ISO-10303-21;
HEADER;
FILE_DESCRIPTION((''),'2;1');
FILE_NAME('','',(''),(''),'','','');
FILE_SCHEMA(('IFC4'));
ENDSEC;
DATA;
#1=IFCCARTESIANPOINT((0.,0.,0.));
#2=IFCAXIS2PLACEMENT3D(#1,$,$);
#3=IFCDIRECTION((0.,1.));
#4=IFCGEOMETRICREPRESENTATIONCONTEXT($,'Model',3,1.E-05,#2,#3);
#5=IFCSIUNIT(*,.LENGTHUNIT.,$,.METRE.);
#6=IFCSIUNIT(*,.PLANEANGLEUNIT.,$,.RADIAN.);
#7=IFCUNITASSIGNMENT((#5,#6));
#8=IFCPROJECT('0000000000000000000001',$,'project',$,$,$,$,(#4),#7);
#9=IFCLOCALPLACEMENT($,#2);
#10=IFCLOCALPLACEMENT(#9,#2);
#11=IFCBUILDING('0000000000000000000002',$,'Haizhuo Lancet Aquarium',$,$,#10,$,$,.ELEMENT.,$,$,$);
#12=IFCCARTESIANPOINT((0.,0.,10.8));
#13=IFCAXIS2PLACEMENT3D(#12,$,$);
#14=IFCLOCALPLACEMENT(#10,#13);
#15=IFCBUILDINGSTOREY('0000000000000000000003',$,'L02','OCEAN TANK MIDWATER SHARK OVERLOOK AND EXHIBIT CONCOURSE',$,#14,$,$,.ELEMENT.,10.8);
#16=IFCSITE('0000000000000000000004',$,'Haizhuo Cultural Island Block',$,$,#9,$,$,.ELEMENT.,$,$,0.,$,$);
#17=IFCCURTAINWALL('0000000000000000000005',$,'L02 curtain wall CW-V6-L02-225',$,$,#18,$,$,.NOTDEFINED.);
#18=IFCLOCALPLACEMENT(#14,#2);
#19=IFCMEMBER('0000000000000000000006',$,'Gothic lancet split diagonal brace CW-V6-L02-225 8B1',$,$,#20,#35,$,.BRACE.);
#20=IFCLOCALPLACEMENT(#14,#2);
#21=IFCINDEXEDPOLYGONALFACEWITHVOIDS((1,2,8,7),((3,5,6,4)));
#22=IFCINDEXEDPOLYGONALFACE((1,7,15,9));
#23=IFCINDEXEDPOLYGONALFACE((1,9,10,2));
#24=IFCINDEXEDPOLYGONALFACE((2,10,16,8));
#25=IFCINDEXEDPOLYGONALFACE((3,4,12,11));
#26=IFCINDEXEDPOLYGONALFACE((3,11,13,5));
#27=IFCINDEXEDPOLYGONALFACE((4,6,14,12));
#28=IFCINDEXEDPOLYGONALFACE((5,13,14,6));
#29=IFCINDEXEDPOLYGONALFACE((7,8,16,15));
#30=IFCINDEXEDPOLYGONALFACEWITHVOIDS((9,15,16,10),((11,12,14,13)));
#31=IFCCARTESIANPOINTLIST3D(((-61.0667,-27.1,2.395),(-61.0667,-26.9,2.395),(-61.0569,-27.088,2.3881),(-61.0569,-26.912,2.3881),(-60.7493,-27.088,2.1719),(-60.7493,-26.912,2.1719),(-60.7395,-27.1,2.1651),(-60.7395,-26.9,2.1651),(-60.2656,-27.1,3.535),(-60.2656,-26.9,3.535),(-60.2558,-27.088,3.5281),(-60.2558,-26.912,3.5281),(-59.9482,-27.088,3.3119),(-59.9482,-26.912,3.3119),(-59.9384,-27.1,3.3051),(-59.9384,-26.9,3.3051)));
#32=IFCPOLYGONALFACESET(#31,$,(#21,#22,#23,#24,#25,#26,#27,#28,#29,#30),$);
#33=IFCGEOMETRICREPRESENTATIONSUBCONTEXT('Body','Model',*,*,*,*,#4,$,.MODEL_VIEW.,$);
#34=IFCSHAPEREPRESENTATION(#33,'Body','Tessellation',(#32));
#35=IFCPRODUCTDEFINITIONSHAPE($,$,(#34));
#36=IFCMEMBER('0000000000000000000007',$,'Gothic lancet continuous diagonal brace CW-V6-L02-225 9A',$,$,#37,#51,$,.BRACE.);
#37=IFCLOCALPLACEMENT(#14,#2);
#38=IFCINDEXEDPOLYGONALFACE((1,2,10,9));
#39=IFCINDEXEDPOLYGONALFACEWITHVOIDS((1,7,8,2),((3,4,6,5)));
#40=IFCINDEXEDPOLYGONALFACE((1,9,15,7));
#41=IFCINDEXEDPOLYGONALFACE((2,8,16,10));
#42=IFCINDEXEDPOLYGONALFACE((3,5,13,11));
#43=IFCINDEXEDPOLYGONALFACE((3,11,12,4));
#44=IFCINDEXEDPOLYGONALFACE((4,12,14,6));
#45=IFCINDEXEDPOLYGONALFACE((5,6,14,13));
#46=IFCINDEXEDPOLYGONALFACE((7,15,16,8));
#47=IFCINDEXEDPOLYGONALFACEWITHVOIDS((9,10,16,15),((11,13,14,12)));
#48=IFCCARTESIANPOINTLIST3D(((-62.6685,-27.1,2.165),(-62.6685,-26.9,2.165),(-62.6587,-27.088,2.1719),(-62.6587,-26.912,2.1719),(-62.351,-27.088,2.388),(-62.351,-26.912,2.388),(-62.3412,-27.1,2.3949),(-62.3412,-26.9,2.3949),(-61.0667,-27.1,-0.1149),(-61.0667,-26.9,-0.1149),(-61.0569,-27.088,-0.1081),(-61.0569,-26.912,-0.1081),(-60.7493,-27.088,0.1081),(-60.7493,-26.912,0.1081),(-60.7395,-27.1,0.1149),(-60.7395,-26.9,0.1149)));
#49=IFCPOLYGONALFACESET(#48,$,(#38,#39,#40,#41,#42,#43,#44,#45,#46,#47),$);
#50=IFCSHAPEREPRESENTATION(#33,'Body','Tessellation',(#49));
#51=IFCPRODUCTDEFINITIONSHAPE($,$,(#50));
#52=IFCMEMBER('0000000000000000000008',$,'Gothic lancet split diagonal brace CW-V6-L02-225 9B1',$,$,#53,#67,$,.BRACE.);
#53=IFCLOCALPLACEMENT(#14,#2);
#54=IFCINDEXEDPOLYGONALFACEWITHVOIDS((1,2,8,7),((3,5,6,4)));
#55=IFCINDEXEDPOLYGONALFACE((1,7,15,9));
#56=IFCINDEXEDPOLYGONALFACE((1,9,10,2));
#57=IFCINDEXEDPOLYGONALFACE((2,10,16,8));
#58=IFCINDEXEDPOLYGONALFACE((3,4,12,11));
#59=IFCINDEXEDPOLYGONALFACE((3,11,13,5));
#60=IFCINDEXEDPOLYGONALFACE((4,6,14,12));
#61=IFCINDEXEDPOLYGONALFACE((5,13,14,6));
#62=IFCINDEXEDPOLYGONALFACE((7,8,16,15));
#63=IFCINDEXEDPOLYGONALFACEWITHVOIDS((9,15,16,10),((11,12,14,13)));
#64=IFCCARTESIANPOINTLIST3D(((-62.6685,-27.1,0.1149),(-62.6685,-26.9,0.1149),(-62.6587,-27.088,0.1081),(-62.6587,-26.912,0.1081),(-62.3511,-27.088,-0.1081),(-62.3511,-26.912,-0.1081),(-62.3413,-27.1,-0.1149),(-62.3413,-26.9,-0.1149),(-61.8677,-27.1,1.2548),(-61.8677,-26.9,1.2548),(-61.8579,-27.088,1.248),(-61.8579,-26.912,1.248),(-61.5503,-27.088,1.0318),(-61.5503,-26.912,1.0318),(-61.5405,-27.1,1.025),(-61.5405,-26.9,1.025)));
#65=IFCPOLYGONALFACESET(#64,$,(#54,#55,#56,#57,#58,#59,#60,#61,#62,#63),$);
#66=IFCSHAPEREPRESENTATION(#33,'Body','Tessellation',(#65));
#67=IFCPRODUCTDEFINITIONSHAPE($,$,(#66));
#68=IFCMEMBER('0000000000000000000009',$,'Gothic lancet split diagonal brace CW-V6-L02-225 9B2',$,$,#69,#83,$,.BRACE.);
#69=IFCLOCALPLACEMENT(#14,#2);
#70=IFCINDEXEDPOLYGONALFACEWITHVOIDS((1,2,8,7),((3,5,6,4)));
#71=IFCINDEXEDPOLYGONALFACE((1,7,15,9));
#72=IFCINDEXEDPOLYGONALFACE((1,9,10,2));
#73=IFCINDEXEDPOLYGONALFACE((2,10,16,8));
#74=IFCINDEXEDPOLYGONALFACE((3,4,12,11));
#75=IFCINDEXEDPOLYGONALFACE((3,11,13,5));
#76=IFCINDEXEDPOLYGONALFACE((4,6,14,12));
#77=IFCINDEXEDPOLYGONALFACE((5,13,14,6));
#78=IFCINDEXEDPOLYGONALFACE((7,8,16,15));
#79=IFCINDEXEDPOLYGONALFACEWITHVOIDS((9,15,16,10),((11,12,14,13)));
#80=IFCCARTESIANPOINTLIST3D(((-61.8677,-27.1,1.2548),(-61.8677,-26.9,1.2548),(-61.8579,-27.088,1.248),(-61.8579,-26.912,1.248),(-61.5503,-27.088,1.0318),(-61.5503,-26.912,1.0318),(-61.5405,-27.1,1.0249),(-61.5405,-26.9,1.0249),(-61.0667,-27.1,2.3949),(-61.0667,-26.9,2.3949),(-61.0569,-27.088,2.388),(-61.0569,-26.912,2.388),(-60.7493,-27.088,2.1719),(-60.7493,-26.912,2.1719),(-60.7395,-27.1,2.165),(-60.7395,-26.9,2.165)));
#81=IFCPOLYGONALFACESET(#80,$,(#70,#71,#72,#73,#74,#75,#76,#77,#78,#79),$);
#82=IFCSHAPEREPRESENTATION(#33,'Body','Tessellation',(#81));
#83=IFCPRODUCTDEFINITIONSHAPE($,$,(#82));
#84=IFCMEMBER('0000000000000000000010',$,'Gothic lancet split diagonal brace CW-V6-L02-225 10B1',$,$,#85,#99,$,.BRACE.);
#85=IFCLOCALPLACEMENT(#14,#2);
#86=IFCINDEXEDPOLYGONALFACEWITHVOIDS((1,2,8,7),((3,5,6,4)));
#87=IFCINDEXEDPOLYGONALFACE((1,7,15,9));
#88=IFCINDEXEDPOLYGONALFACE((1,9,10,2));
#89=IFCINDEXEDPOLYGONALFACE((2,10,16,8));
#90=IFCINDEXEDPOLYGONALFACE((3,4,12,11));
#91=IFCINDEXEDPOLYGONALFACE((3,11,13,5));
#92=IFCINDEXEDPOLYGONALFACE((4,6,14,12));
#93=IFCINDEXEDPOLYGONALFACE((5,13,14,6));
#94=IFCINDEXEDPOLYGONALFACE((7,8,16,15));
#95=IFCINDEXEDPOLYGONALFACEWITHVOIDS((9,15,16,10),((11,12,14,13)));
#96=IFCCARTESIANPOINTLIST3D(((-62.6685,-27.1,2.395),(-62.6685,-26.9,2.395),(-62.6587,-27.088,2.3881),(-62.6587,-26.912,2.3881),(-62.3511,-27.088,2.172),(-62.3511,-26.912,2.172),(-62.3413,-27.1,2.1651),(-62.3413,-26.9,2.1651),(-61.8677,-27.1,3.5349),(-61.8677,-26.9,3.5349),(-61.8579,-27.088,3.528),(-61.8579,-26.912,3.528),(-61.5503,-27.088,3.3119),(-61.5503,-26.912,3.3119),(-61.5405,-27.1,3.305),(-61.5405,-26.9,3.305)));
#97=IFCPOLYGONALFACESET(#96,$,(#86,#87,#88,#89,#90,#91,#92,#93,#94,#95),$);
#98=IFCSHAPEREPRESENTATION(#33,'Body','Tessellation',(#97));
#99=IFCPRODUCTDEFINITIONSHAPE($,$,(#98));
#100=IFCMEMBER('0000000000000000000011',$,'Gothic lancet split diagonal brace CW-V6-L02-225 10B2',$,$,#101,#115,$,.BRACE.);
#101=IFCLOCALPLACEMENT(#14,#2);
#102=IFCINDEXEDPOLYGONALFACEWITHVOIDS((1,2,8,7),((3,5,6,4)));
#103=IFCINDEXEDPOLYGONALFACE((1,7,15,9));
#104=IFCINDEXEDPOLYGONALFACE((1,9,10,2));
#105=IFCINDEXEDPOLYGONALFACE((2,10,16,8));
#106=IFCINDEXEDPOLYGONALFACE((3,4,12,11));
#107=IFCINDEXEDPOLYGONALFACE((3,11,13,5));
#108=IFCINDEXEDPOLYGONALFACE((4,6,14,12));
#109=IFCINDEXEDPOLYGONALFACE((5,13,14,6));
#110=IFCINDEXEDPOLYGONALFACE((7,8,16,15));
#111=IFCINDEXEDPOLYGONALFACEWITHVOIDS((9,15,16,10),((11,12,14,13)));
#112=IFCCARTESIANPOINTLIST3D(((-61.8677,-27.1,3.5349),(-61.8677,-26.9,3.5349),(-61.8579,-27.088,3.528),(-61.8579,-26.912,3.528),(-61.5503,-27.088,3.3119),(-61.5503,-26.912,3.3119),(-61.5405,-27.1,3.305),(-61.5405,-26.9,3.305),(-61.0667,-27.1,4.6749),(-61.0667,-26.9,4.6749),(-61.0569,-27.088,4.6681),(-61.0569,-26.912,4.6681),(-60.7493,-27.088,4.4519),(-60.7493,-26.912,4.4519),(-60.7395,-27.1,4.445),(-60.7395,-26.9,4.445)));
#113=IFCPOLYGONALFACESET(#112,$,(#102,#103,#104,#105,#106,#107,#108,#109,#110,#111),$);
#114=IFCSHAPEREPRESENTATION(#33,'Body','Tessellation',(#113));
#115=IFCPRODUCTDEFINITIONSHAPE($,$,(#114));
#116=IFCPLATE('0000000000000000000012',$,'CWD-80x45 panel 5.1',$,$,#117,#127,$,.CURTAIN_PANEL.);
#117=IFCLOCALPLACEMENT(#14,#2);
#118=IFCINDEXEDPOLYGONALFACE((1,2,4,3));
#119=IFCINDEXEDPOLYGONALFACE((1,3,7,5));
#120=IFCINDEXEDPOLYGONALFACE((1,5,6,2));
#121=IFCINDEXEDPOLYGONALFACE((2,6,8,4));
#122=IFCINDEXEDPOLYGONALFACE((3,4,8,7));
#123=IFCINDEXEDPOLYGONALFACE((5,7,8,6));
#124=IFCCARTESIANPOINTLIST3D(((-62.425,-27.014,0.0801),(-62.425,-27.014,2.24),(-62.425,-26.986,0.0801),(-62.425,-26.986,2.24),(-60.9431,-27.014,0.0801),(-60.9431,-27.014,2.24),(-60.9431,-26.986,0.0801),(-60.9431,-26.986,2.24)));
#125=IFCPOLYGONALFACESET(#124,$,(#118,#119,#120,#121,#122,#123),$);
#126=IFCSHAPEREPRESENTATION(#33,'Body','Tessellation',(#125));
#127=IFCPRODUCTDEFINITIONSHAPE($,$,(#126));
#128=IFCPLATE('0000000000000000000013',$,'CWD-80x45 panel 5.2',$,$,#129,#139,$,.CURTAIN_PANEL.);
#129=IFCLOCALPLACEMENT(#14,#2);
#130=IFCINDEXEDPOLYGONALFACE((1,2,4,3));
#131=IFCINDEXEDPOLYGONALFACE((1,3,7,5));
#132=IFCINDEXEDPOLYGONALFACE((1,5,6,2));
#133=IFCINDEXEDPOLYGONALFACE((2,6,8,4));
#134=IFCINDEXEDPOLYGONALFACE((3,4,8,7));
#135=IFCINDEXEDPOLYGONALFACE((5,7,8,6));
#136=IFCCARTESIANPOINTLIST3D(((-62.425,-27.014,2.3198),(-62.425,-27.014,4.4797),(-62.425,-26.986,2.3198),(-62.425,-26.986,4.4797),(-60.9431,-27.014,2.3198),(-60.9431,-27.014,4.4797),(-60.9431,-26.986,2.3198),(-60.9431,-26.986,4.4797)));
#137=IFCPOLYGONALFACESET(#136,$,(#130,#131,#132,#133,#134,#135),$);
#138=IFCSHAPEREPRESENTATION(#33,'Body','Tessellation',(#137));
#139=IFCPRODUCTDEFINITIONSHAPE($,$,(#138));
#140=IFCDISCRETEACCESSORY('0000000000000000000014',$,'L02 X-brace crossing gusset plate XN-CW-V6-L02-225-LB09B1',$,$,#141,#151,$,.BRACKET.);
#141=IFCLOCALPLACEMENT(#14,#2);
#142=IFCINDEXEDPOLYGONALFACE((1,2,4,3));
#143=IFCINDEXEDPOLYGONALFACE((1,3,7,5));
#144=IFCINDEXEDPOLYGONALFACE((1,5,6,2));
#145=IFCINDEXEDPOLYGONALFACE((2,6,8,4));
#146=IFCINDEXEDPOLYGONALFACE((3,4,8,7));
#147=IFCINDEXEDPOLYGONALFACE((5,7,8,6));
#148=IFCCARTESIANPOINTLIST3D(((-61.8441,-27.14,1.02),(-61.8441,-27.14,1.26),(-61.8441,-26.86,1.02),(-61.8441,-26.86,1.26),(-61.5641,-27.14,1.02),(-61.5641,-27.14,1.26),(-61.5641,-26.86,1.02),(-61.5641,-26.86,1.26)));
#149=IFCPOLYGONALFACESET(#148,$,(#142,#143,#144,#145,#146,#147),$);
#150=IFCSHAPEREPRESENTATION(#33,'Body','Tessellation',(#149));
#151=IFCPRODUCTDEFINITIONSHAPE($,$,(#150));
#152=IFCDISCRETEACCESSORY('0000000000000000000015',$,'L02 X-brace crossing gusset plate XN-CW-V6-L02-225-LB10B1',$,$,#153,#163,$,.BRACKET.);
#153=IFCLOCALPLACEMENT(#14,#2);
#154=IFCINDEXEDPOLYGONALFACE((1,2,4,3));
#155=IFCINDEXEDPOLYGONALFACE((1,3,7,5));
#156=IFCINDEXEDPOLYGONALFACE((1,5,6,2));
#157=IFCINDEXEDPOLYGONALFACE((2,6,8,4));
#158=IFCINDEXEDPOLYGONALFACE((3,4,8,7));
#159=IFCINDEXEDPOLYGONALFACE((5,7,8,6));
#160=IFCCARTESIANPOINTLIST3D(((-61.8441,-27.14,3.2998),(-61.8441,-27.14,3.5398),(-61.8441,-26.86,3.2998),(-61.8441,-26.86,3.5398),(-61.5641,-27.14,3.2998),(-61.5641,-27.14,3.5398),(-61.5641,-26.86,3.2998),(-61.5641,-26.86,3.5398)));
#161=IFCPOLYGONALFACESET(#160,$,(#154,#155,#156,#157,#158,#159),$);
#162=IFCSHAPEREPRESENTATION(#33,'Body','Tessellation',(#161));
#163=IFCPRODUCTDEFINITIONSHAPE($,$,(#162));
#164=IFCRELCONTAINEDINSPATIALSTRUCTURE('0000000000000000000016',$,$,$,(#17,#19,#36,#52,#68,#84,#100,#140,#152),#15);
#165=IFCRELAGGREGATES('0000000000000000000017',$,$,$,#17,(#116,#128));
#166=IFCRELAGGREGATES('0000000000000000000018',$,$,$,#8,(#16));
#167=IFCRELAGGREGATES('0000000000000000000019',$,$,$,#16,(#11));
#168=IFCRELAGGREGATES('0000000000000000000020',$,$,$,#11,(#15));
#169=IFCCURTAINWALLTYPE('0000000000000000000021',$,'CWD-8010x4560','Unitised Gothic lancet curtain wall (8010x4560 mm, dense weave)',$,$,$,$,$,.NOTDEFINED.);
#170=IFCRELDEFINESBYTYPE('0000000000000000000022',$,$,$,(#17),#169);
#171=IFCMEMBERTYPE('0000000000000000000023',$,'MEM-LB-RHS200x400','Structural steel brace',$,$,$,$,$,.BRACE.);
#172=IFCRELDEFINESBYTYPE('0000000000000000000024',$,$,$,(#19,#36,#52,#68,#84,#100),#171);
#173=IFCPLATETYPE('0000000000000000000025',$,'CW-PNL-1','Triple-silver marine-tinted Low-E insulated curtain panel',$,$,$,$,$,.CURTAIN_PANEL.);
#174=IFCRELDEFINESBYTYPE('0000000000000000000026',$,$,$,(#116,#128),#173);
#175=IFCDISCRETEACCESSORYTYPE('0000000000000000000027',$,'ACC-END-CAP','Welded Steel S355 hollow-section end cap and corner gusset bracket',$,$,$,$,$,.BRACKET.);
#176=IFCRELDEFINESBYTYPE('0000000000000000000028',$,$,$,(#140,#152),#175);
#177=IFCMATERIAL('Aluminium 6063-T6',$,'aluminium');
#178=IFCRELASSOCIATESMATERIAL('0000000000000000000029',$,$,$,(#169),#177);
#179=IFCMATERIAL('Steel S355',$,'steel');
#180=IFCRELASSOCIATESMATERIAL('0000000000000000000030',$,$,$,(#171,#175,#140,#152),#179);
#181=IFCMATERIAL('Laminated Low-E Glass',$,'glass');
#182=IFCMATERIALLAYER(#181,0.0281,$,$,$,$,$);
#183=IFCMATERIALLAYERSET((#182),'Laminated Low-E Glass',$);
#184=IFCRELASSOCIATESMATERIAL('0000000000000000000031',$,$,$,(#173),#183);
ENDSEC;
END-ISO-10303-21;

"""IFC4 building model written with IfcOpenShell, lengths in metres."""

from ifc_helpers import new_model, si_unit, direction, frame, origin, origin_2d, place, context, subcontext, project, spatial, rectangle, hollow_rectangle, extrude, material, layer, layer_set, material_profile, profile_set, type_object, element, aggregate, save


model = new_model("IFC4")

# Units and contexts
model_context = context("Model", 3, precision=1e-05, world=origin(), true_north=direction((0.0, 1.0)))
body_context = subcontext(model_context, "Body", "Model", "MODEL_VIEW")
ifc_project = project(units=[si_unit("LENGTHUNIT", "METRE"), si_unit("PLANEANGLEUNIT", "RADIAN")], contexts=[model_context])

# Site, building, storey
site_placement = place(None, origin())
site = spatial("IfcSite", under=ifc_project, at=site_placement, Name="Haizhuo Cultural Island Block", CompositionType="ELEMENT", RefElevation=0.0)
building_placement = place(site_placement, origin())
building = spatial("IfcBuilding", under=site, at=building_placement, Name="Haizhuo Lancet Aquarium", CompositionType="ELEMENT")
storey_placement = place(building_placement, frame((0.0, 0.0, 10.8)))
storey = spatial("IfcBuildingStorey", under=building, at=storey_placement, Name="L02", Description="OCEAN TANK MIDWATER SHARK OVERLOOK AND EXHIBIT CONCOURSE", CompositionType="ELEMENT", Elevation=10.8)

# Shared definitions
ifc_material_1 = material(Name="Steel S355", Category="steel")

# Curtain wall
ifc_material_2 = material(Name="Aluminium 6063-T6", Category="aluminium")
curtain_wall_type = type_object("IfcCurtainWallType", Name="CWD-8010x4560", Description="Unitised Gothic lancet curtain wall (8010x4560 mm, dense weave)", PredefinedType="NOTDEFINED", material=ifc_material_2)
curtain_wall_placement = place(storey_placement, origin())
curtain_wall = element("IfcCurtainWall", 1, at=curtain_wall_placement, inside=storey, type_object=curtain_wall_type, Name="L02 curtain wall CW-V6-L02-225", PredefinedType="NOTDEFINED")

# Members
ifc_material_profile_1 = material_profile(ifc_material_1, hollow_rectangle(XDim=0.2, YDim=0.3999, WallThickness=0.012, at=origin_2d()), Name="RHS 200x400x12")
ifc_profile_set_1 = profile_set([ifc_material_profile_1], Name="Steel S355")
member_type_1 = type_object("IfcMemberType", Name="MEM-LB-RHS200x400", Description="Structural steel brace", PredefinedType="BRACE", material=ifc_profile_set_1)
for number, where, z_axis, x_axis, name in (
    (2, (-60.9031, -27.0, 2.28), (0.574955, 0.0, 0.818185), (0.0, 1.0, 0.0), "Gothic lancet split diagonal brace CW-V6-L02-225 8B1"),
):
    element("IfcMember", number, at=place(storey_placement, frame(where, z_axis=z_axis, x_axis=x_axis)), inside=storey, type_object=member_type_1, Name=name, PredefinedType="BRACE", context=body_context, shape_type="SweptSolid", body=[
        extrude(hollow_rectangle(XDim=0.2, YDim=0.3999, WallThickness=0.012, at=origin_2d()), origin(), (0.0, 0.0, 1.0), 1.3933),
    ])
member_1_placement = place(storey_placement, frame((-60.9031, -27.0, 0.0), z_axis=(-0.574855, 0.0, 0.818255), x_axis=(0.0, -1.0, 0.0)))
element("IfcMember", 3, at=member_1_placement, inside=storey, type_object=member_type_1, Name="Gothic lancet continuous diagonal brace CW-V6-L02-225 9A", PredefinedType="BRACE", context=body_context, shape_type="SweptSolid", body=[
    extrude(hollow_rectangle(XDim=0.2, YDim=0.3999, WallThickness=0.012, at=origin_2d()), origin(), (0.0, 0.0, 1.0), 2.7864),
])
member_2_placement = place(storey_placement, frame((-62.5049, -27.0, 0.0), z_axis=(0.574838, 0.0, 0.818267), x_axis=(0.0, 1.0, 0.0)))
element("IfcMember", 4, at=member_2_placement, inside=storey, type_object=member_type_1, Name="Gothic lancet split diagonal brace CW-V6-L02-225 9B1", PredefinedType="BRACE", context=body_context, shape_type="SweptSolid", body=[
    extrude(hollow_rectangle(XDim=0.2, YDim=0.3999, WallThickness=0.012, at=origin_2d()), origin(), (0.0, 0.0, 1.0), 1.3931),
])
member_3_placement = place(storey_placement, frame((-61.7041, -27.0, 1.1399), z_axis=(0.574873, 0.0, 0.818243), x_axis=(0.0, 1.0, 0.0)))
element("IfcMember", 5, at=member_3_placement, inside=storey, type_object=member_type_1, Name="Gothic lancet split diagonal brace CW-V6-L02-225 9B2", PredefinedType="BRACE", context=body_context, shape_type="SweptSolid", body=[
    extrude(hollow_rectangle(XDim=0.2, YDim=0.3999, WallThickness=0.012, at=origin_2d()), origin(), (0.0, 0.0, 1.0), 1.3933),
])
member_4_placement = place(storey_placement, frame((-62.5049, -27.0, 2.28), z_axis=(0.574838, 0.0, 0.818267), x_axis=(0.0, 1.0, 0.0)))
element("IfcMember", 6, at=member_4_placement, inside=storey, type_object=member_type_1, Name="Gothic lancet split diagonal brace CW-V6-L02-225 10B1", PredefinedType="BRACE", context=body_context, shape_type="SweptSolid", body=[
    extrude(hollow_rectangle(XDim=0.2, YDim=0.3999, WallThickness=0.012, at=origin_2d()), origin(), (0.0, 0.0, 1.0), 1.3931),
])
member_5_placement = place(storey_placement, frame((-61.7041, -27.0, 3.4199), z_axis=(0.574873, 0.0, 0.818243), x_axis=(0.0, 1.0, 0.0)))
element("IfcMember", 7, at=member_5_placement, inside=storey, type_object=member_type_1, Name="Gothic lancet split diagonal brace CW-V6-L02-225 10B2", PredefinedType="BRACE", context=body_context, shape_type="SweptSolid", body=[
    extrude(hollow_rectangle(XDim=0.2, YDim=0.3999, WallThickness=0.012, at=origin_2d()), origin(), (0.0, 0.0, 1.0), 1.3933),
])

# Plates
ifc_material_3 = material(Name="Laminated Low-E Glass", Category="glass")
ifc_layer = layer(ifc_material_3, 0.0281)
ifc_layer_set = layer_set([ifc_layer], Name="Laminated Low-E Glass")
plate_type = type_object("IfcPlateType", Name="CW-PNL-1", Description="Triple-silver marine-tinted Low-E insulated curtain panel", PredefinedType="CURTAIN_PANEL", material=ifc_layer_set)
plate_1_placement = place(storey_placement, frame((-61.6841, -27.0, 0.0801), z_axis=(0.0, 0.0, 1.0), x_axis=(-1.0, 0.0, 0.0)))
plate_1 = element("IfcPlate", 8, at=plate_1_placement, type_object=plate_type, Name="CWD-80x45 panel 5.1", PredefinedType="CURTAIN_PANEL", context=body_context, shape_type="SweptSolid", body=[
    extrude(rectangle(XDim=1.4819, YDim=0.0281, at=origin_2d()), origin(), (0.0, 0.0, 1.0), 2.1599),
])
plate_2_placement = place(storey_placement, frame((-61.6841, -27.0, 2.3198), z_axis=(0.0, 0.0, 1.0), x_axis=(-1.0, 0.0, 0.0)))
plate_2 = element("IfcPlate", 9, at=plate_2_placement, type_object=plate_type, Name="CWD-80x45 panel 5.2", PredefinedType="CURTAIN_PANEL", context=body_context, shape_type="SweptSolid", body=[
    extrude(rectangle(XDim=1.4819, YDim=0.0281, at=origin_2d()), origin(), (0.0, 0.0, 1.0), 2.1599),
])
aggregate(curtain_wall, [plate_1, plate_2])

# Discrete accessories
discrete_accessory_type = type_object("IfcDiscreteAccessoryType", Name="ACC-END-CAP", Description="Welded Steel S355 hollow-section end cap and corner gusset bracket", PredefinedType="BRACKET", material=ifc_material_1)
for number, where, z_axis, x_axis, name in (
    (10, (-61.7041, -27.0, 1.02), (0.0, 0.0, 1.0), (1.0, 0.0, 0.0), "L02 X-brace crossing gusset plate XN-CW-V6-L02-225-LB09B1"),
    (11, (-61.7041, -27.0, 3.2998), (0.0, 0.0, 1.0), (1.0, 0.0, 0.0), "L02 X-brace crossing gusset plate XN-CW-V6-L02-225-LB10B1"),
):
    element("IfcDiscreteAccessory", number, at=place(storey_placement, frame(where, z_axis=z_axis, x_axis=x_axis)), inside=storey, type_object=discrete_accessory_type, material=ifc_material_1, Name=name, PredefinedType="BRACKET", context=body_context, shape_type="SweptSolid", body=[
        extrude(rectangle(XDim=0.28, YDim=0.28, at=origin_2d()), origin(), (0.0, 0.0, 1.0), 0.24),
    ])

save(model, "model.ifc")
